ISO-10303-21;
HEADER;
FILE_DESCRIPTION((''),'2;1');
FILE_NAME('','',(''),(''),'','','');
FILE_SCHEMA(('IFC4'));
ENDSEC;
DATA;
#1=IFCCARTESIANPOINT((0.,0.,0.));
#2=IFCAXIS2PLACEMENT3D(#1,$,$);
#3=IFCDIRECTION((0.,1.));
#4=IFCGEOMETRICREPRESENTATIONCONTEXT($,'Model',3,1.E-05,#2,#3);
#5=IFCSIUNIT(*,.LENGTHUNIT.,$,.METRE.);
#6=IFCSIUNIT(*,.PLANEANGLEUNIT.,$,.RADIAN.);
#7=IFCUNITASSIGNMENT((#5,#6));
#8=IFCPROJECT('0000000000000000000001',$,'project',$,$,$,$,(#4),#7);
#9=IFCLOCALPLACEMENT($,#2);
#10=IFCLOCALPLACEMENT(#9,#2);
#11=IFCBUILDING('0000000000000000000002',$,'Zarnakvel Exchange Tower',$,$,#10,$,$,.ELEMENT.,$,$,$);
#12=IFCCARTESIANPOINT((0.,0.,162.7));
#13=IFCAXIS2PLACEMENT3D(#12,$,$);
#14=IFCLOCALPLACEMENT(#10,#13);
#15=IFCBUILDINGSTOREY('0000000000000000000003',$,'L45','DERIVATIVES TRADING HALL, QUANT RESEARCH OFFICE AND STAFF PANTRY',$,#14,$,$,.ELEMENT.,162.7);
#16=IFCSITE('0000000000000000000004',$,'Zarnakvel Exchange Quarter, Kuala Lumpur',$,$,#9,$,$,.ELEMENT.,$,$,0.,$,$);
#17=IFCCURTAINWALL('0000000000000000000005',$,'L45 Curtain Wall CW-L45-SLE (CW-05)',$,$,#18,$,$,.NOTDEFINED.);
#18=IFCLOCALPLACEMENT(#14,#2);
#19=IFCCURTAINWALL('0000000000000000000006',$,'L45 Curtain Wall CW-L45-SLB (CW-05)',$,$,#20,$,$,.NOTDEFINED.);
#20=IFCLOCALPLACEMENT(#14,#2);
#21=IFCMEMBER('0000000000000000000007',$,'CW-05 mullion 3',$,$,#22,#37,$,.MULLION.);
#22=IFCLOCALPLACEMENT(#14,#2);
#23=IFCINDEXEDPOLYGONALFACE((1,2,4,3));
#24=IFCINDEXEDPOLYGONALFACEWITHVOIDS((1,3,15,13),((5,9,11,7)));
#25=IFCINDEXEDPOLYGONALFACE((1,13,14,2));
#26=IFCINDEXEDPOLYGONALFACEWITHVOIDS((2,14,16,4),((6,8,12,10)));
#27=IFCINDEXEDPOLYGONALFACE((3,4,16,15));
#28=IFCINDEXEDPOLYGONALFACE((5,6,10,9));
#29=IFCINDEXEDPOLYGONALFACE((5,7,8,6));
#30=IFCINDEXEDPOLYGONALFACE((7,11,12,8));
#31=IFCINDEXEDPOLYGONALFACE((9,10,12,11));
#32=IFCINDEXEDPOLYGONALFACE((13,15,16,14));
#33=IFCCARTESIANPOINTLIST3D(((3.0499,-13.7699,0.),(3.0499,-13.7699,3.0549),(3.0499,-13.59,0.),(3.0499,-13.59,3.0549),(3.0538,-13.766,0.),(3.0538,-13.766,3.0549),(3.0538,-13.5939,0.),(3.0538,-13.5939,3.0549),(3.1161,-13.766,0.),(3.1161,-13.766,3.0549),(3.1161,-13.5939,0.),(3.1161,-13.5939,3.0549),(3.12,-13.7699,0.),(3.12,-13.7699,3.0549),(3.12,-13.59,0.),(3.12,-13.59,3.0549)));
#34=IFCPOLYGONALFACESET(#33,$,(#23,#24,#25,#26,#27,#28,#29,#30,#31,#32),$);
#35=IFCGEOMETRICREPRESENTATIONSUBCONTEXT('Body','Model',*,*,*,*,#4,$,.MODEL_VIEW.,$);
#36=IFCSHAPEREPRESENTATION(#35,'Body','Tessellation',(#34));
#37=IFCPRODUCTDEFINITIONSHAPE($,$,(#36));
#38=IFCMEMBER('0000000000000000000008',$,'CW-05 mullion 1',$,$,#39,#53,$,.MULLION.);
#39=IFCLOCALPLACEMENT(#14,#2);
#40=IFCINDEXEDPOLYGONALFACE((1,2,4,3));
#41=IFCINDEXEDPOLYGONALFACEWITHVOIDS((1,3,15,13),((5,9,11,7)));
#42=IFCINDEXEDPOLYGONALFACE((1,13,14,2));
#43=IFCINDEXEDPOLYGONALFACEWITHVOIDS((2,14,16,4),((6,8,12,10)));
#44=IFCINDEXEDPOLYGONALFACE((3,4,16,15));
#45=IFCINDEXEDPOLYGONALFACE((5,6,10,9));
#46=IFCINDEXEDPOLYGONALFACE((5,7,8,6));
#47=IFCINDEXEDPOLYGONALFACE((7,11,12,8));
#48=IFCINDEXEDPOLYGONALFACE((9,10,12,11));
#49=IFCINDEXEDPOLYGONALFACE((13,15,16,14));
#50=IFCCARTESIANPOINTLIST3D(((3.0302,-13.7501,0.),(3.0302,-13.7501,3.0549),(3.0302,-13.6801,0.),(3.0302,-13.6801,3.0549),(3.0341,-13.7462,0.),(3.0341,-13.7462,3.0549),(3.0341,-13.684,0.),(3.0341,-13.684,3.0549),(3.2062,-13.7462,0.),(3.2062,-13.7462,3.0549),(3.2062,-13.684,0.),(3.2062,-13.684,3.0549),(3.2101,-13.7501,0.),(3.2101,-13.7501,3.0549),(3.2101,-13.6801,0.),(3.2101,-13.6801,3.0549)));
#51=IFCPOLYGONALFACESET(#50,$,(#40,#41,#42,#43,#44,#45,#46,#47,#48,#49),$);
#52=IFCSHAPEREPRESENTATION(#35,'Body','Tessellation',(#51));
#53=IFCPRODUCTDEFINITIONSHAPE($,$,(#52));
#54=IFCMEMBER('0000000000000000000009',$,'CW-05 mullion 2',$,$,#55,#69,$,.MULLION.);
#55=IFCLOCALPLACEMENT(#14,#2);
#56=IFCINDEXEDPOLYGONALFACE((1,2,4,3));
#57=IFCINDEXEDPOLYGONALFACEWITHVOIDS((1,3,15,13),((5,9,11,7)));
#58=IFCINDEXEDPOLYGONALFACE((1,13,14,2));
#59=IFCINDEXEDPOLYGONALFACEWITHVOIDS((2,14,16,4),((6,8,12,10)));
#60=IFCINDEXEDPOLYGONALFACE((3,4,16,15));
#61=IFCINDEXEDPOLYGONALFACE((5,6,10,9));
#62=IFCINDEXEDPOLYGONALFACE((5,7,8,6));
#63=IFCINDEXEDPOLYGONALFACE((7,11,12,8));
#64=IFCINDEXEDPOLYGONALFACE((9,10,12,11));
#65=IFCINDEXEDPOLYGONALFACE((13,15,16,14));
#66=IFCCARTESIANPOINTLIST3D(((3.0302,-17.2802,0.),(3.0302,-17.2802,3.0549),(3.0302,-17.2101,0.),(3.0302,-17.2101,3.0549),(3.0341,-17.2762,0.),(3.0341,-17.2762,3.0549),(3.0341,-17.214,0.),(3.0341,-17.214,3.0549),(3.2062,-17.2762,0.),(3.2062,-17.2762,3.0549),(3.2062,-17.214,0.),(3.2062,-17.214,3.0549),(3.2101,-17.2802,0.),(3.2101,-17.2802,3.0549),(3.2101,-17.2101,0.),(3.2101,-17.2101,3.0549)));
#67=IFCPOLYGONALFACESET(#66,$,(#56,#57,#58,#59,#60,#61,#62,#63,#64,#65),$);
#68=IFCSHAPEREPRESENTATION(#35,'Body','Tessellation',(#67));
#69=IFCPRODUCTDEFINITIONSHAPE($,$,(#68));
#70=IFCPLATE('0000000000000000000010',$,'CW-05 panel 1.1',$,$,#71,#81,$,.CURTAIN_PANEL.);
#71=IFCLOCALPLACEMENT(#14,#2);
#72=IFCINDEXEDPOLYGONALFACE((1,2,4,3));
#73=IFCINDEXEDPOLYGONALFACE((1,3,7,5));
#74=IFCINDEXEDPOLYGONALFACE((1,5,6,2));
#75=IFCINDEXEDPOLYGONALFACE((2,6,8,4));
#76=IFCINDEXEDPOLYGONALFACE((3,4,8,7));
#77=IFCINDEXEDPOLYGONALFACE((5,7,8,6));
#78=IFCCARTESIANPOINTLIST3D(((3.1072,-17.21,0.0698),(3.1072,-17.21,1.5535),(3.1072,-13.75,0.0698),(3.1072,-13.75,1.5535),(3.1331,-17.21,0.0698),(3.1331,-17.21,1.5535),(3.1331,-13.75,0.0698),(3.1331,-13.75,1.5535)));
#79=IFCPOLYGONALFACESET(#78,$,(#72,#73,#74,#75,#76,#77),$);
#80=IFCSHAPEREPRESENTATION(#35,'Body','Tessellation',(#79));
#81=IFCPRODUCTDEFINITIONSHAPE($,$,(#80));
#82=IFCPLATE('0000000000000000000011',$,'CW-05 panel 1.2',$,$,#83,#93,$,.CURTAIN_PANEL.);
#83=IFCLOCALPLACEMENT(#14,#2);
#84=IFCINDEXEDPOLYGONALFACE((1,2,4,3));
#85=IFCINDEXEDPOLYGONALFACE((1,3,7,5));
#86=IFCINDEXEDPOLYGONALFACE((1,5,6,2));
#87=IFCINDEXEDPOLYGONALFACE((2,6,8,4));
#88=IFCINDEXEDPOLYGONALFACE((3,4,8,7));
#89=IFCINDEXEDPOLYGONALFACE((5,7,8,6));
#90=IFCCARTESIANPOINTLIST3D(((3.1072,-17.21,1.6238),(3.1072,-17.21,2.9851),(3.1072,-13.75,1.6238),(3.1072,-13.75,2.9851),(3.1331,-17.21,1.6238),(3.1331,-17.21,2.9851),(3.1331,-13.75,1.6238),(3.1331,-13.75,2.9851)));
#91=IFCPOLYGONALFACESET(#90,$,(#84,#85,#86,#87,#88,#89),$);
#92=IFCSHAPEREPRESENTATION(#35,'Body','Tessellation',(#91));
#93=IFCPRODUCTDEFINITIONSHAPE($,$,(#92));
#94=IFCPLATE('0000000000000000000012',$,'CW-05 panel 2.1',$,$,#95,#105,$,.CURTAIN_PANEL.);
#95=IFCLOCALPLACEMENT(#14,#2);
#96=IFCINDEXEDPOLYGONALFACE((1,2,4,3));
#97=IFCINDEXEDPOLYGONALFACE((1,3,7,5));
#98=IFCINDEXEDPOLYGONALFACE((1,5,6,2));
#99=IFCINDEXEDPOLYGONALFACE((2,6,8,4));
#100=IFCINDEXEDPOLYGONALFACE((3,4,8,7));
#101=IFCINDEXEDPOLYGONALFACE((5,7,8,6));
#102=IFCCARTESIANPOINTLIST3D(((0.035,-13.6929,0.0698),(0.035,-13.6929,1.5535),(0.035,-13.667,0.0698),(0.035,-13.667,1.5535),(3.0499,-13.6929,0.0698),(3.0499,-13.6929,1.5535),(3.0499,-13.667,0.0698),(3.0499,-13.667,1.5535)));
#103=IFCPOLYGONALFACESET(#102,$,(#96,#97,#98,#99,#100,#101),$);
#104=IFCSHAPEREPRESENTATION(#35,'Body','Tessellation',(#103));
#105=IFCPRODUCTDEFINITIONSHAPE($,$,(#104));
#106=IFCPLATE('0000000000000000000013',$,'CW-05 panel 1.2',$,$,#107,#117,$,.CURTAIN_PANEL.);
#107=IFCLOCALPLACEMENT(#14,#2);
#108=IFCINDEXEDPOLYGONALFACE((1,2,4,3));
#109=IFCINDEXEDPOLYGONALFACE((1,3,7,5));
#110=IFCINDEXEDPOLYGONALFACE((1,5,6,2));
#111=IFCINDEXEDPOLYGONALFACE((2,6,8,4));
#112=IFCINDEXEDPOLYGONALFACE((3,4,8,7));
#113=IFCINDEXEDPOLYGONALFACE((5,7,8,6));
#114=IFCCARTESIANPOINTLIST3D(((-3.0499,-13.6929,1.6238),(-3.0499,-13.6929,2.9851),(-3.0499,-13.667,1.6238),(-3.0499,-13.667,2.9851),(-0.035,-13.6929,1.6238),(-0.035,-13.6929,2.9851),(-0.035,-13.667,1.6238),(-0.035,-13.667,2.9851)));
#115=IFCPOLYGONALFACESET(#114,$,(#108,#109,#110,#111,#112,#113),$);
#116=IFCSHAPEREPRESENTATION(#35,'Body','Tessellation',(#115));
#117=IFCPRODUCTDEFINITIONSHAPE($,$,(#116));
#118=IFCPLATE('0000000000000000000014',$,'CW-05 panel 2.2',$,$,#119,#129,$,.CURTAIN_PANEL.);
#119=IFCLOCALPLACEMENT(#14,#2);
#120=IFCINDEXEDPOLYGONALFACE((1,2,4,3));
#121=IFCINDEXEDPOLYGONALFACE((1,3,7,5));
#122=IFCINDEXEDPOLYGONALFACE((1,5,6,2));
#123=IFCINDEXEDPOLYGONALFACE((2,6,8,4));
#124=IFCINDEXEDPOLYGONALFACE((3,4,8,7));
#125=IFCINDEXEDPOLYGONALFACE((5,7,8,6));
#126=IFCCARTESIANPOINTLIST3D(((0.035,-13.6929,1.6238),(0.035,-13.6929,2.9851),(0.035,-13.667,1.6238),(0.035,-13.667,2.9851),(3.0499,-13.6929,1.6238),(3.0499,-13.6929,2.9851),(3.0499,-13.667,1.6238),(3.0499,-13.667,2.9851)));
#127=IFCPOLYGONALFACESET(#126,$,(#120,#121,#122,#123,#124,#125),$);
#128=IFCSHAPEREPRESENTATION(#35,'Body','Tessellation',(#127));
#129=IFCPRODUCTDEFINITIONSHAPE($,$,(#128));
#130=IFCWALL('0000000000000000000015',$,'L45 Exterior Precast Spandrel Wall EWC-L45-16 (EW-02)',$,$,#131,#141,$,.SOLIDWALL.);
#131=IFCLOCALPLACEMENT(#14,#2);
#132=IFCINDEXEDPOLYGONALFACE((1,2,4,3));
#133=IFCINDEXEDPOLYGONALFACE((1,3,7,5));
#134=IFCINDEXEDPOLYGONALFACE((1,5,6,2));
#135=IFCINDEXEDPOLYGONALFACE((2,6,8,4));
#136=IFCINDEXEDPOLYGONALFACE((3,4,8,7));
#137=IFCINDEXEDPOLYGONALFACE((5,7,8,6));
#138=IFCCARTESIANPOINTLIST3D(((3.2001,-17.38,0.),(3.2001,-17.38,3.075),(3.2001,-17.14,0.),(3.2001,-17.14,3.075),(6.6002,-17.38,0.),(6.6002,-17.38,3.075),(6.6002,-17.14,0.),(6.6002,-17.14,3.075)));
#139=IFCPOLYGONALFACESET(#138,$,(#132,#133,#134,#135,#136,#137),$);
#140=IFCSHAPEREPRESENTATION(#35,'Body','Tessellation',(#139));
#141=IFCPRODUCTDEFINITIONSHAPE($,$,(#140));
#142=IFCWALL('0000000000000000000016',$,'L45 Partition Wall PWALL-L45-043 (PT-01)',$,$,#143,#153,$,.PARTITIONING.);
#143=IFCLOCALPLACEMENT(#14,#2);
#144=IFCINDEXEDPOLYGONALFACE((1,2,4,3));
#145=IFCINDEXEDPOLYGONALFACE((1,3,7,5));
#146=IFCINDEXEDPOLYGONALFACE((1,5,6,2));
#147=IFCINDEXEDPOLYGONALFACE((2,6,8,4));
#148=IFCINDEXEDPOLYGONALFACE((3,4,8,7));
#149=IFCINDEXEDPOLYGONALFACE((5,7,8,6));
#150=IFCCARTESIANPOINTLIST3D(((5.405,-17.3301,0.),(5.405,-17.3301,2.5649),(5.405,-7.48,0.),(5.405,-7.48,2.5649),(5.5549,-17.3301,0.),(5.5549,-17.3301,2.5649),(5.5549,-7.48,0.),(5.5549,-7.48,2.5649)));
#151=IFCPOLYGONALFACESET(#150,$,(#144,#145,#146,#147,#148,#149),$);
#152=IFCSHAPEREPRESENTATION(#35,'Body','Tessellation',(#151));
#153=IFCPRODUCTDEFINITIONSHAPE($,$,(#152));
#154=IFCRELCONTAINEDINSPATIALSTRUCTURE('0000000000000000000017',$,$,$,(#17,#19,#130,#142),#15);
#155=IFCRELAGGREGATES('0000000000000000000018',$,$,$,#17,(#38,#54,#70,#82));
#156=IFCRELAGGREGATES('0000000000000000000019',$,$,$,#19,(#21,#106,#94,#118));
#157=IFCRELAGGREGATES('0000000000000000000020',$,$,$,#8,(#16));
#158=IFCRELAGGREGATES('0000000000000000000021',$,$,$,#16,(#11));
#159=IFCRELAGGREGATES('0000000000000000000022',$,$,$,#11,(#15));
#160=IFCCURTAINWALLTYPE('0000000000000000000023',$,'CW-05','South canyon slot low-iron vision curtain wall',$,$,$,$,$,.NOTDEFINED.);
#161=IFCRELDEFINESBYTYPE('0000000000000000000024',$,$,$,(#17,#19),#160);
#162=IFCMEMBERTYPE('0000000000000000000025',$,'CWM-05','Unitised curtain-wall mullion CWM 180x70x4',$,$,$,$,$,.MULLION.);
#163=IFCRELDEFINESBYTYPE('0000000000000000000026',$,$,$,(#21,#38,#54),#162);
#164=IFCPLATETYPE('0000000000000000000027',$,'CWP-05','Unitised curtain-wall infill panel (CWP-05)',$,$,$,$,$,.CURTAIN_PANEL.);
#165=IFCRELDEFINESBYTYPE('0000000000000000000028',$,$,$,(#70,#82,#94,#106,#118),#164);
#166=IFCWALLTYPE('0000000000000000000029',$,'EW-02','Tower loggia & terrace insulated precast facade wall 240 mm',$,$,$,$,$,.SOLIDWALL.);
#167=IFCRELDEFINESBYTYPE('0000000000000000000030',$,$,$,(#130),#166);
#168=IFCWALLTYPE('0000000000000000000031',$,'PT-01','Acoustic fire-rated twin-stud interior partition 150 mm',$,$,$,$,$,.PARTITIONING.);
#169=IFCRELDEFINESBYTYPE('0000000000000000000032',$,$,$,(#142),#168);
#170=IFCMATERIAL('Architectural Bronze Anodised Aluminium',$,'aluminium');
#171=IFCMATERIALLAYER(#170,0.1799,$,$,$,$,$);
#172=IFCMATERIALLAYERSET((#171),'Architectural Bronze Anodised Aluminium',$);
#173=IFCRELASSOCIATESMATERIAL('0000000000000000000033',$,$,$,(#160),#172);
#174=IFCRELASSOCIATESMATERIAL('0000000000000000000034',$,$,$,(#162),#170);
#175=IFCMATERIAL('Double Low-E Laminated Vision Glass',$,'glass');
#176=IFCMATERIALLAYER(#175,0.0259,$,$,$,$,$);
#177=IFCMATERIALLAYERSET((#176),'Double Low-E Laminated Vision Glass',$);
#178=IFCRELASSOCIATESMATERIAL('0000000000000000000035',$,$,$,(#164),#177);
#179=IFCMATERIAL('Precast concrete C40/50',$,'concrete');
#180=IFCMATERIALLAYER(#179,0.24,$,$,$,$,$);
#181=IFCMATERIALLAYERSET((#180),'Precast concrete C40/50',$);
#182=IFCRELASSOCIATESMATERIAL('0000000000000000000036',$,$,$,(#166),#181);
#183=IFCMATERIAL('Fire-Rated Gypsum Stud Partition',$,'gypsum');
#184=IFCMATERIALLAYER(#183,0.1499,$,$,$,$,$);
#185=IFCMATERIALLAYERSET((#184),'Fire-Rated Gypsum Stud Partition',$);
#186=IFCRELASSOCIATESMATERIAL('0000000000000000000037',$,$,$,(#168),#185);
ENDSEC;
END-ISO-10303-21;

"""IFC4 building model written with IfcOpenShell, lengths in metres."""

from ifc_helpers import new_model, si_unit, direction, frame, frame_2d, origin, origin_2d, place, context, subcontext, project, spatial, rectangle, hollow_rectangle, extrude, source, transform, mapped, material, layer, layer_set, material_profile, profile_set, type_object, element, aggregate, save


model = new_model("IFC4")

# Units and contexts
model_context = context("Model", 3, precision=1e-05, world=origin(), true_north=direction((0.0, 1.0)))
body_context = subcontext(model_context, "Body", "Model", "MODEL_VIEW")
ifc_project = project(units=[si_unit("LENGTHUNIT", "METRE"), si_unit("PLANEANGLEUNIT", "RADIAN")], contexts=[model_context])

# Site, building, storey
site_placement = place(None, origin())
site = spatial("IfcSite", under=ifc_project, at=site_placement, Name="Zarnakvel Exchange Quarter, Kuala Lumpur", CompositionType="ELEMENT", RefElevation=0.0)
building_placement = place(site_placement, origin())
building = spatial("IfcBuilding", under=site, at=building_placement, Name="Zarnakvel Exchange Tower", CompositionType="ELEMENT")
storey_placement = place(building_placement, frame((0.0, 0.0, 162.7)))
storey = spatial("IfcBuildingStorey", under=building, at=storey_placement, Name="L45", Description="DERIVATIVES TRADING HALL, QUANT RESEARCH OFFICE AND STAFF PANTRY", CompositionType="ELEMENT", Elevation=162.7)

# Curtain walls, member
ifc_material_1 = material(Name="Architectural Bronze Anodised Aluminium", Category="aluminium")
ifc_layer_1 = layer(ifc_material_1, 0.1799)
ifc_layer_set_1 = layer_set([ifc_layer_1], Name="Architectural Bronze Anodised Aluminium")
curtain_wall_type = type_object("IfcCurtainWallType", Name="CW-05", Description="South canyon slot low-iron vision curtain wall", PredefinedType="NOTDEFINED", material=ifc_layer_set_1)
curtain_wall_1_placement = place(storey_placement, origin())
curtain_wall_1 = element("IfcCurtainWall", 1, at=curtain_wall_1_placement, inside=storey, type_object=curtain_wall_type, Name="L45 Curtain Wall CW-L45-SLE (CW-05)", PredefinedType="NOTDEFINED")
curtain_wall_2_placement = place(storey_placement, origin())
curtain_wall_2 = element("IfcCurtainWall", 2, at=curtain_wall_2_placement, inside=storey, type_object=curtain_wall_type, Name="L45 Curtain Wall CW-L45-SLB (CW-05)", PredefinedType="NOTDEFINED")
ifc_material_profile_1 = material_profile(ifc_material_1, hollow_rectangle(XDim=0.1799, YDim=0.0701, WallThickness=0.0039, at=origin_2d()))
ifc_profile_set_1 = profile_set([ifc_material_profile_1], Name="Architectural Bronze Anodised Aluminium")
member_type_1 = type_object("IfcMemberType", Name="CWM-05", Description="Unitised curtain-wall mullion CWM 180x70x4", PredefinedType="MULLION", material=ifc_profile_set_1)
shared_shape_1 = source(origin(), body_context, "Body", "SweptSolid", [
    extrude(hollow_rectangle(XDim=0.1799, YDim=0.0701, WallThickness=0.0039, at=origin_2d()), origin(), (0.0, 0.0, 1.0), 3.0549),
])
member_1_placement = place(storey_placement, frame((3.085, -13.6799, 0.0), z_axis=(0.0, 0.0, 1.0), x_axis=(0.0, 1.0, 0.0)))
member_1 = element("IfcMember", 3, at=member_1_placement, type_object=member_type_1, Name="CW-05 mullion 3", PredefinedType="MULLION", context=body_context, shape_type="MappedRepresentation", body=[
    mapped(shared_shape_1, transform((0.0, 0.0, 0.0), x_axis=(1.0, 0.0, 0.0), y_axis=(0.0, 1.0, 0.0), z_axis=(0.0, 0.0, 1.0), scale=1.0)),
])

# Members
member_2_placement = place(storey_placement, frame((3.1201, -13.7151, 0.0), z_axis=(0.0, 0.0, 1.0), x_axis=(1.0, 0.0, 0.0)))
member_2 = element("IfcMember", 4, at=member_2_placement, type_object=member_type_1, Name="CW-05 mullion 1", PredefinedType="MULLION", context=body_context, shape_type="MappedRepresentation", body=[
    mapped(shared_shape_1, transform((0.0, 0.0, 0.0), x_axis=(1.0, 0.0, 0.0), y_axis=(0.0, 1.0, 0.0), z_axis=(0.0, 0.0, 1.0), scale=1.0)),
])
member_3_placement = place(storey_placement, frame((3.1201, -17.2451, 0.0), z_axis=(0.0, 0.0, 1.0), x_axis=(1.0, 0.0, 0.0)))
member_3 = element("IfcMember", 5, at=member_3_placement, type_object=member_type_1, Name="CW-05 mullion 2", PredefinedType="MULLION", context=body_context, shape_type="MappedRepresentation", body=[
    mapped(shared_shape_1, transform((0.0, 0.0, 0.0), x_axis=(1.0, 0.0, 0.0), y_axis=(0.0, 1.0, 0.0), z_axis=(0.0, 0.0, 1.0), scale=1.0)),
])

# Plates
ifc_material_2 = material(Name="Double Low-E Laminated Vision Glass", Category="glass")
ifc_layer_2 = layer(ifc_material_2, 0.0259)
ifc_layer_set_2 = layer_set([ifc_layer_2], Name="Double Low-E Laminated Vision Glass")
plate_type = type_object("IfcPlateType", Name="CWP-05", Description="Unitised curtain-wall infill panel (CWP-05)", PredefinedType="CURTAIN_PANEL", material=ifc_layer_set_2)
shared_shape_2 = source(origin(), body_context, "Body", "SweptSolid", [
    extrude(rectangle(XDim=3.46, YDim=0.0259, at=origin_2d()), origin(), (0.0, 0.0, 1.0), 1.4836),
])
plate_1_placement = place(storey_placement, frame((3.1201, -15.48, 0.0698), z_axis=(0.0, 0.0, 1.0), x_axis=(0.0, -1.0, 0.0)))
plate_1 = element("IfcPlate", 6, at=plate_1_placement, type_object=plate_type, Name="CW-05 panel 1.1", PredefinedType="CURTAIN_PANEL", context=body_context, shape_type="MappedRepresentation", body=[
    mapped(shared_shape_2, transform((0.0, 0.0, 0.0), x_axis=(1.0, 0.0, 0.0), y_axis=(0.0, 1.0, 0.0), z_axis=(0.0, 0.0, 1.0), scale=1.0)),
])
shared_shape_3 = source(origin(), body_context, "Body", "SweptSolid", [
    extrude(rectangle(XDim=3.46, YDim=0.0259, at=origin_2d()), origin(), (0.0, 0.0, 1.0), 1.3613),
])
plate_2_placement = place(storey_placement, frame((3.1201, -15.48, 1.6238), z_axis=(0.0, 0.0, 1.0), x_axis=(0.0, -1.0, 0.0)))
plate_2 = element("IfcPlate", 7, at=plate_2_placement, type_object=plate_type, Name="CW-05 panel 1.2", PredefinedType="CURTAIN_PANEL", context=body_context, shape_type="MappedRepresentation", body=[
    mapped(shared_shape_3, transform((0.0, 0.0, 0.0), x_axis=(1.0, 0.0, 0.0), y_axis=(0.0, 1.0, 0.0), z_axis=(0.0, 0.0, 1.0), scale=1.0)),
])
aggregate(curtain_wall_1, [member_2, member_3, plate_1, plate_2])
shared_shape_4 = source(origin(), body_context, "Body", "SweptSolid", [
    extrude(rectangle(XDim=3.0149, YDim=0.0259, at=origin_2d()), origin(), (0.0, 0.0, 1.0), 1.4836),
])
plate_3_placement = place(storey_placement, frame((1.5425, -13.6799, 0.0698), z_axis=(0.0, 0.0, 1.0), x_axis=(1.0, 0.0, 0.0)))
plate_3 = element("IfcPlate", 8, at=plate_3_placement, type_object=plate_type, Name="CW-05 panel 2.1", PredefinedType="CURTAIN_PANEL", context=body_context, shape_type="MappedRepresentation", body=[
    mapped(shared_shape_4, transform((0.0, 0.0, 0.0), x_axis=(1.0, 0.0, 0.0), y_axis=(0.0, 1.0, 0.0), z_axis=(0.0, 0.0, 1.0), scale=1.0)),
])
shared_shape_5 = source(origin(), body_context, "Body", "SweptSolid", [
    extrude(rectangle(XDim=3.0149, YDim=0.0259, at=origin_2d()), origin(), (0.0, 0.0, 1.0), 1.3613),
])
plate_4_placement = place(storey_placement, frame((-1.5425, -13.6799, 1.6238), z_axis=(0.0, 0.0, 1.0), x_axis=(1.0, 0.0, 0.0)))
plate_4 = element("IfcPlate", 9, at=plate_4_placement, type_object=plate_type, Name="CW-05 panel 1.2", PredefinedType="CURTAIN_PANEL", context=body_context, shape_type="MappedRepresentation", body=[
    mapped(shared_shape_5, transform((0.0, 0.0, 0.0), x_axis=(1.0, 0.0, 0.0), y_axis=(0.0, 1.0, 0.0), z_axis=(0.0, 0.0, 1.0), scale=1.0)),
])
plate_5_placement = place(storey_placement, frame((1.5425, -13.6799, 1.6238), z_axis=(0.0, 0.0, 1.0), x_axis=(1.0, 0.0, 0.0)))
plate_5 = element("IfcPlate", 10, at=plate_5_placement, type_object=plate_type, Name="CW-05 panel 2.2", PredefinedType="CURTAIN_PANEL", context=body_context, shape_type="MappedRepresentation", body=[
    mapped(shared_shape_5, transform((0.0, 0.0, 0.0), x_axis=(1.0, 0.0, 0.0), y_axis=(0.0, 1.0, 0.0), z_axis=(0.0, 0.0, 1.0), scale=1.0)),
])
aggregate(curtain_wall_2, [member_1, plate_4, plate_3, plate_5])

# Walls
ifc_material_3 = material(Name="Precast concrete C40/50", Category="concrete")
ifc_layer_3 = layer(ifc_material_3, 0.24)
ifc_layer_set_3 = layer_set([ifc_layer_3], Name="Precast concrete C40/50")
wall_type_1 = type_object("IfcWallType", Name="EW-02", Description="Tower loggia & terrace insulated precast facade wall 240 mm", PredefinedType="SOLIDWALL", material=ifc_layer_set_3)
wall_1_placement = place(storey_placement, frame((3.2, -17.26, 0.0), z_axis=(0.0, 0.0, 1.0), x_axis=(1.0, 0.0, 0.0)))
element("IfcWall", 11, at=wall_1_placement, inside=storey, type_object=wall_type_1, Name="L45 Exterior Precast Spandrel Wall EWC-L45-16 (EW-02)", PredefinedType="SOLIDWALL", context=body_context, shape_type="SweptSolid", body=[
    extrude(rectangle(XDim=3.4001, YDim=0.24, at=frame_2d((1.7002, 0.0))), origin(), (0.0, 0.0, 1.0), 3.075),
])
ifc_material_4 = material(Name="Fire-Rated Gypsum Stud Partition", Category="gypsum")
ifc_layer_4 = layer(ifc_material_4, 0.1499)
ifc_layer_set_4 = layer_set([ifc_layer_4], Name="Fire-Rated Gypsum Stud Partition")
wall_type_2 = type_object("IfcWallType", Name="PT-01", Description="Acoustic fire-rated twin-stud interior partition 150 mm", PredefinedType="PARTITIONING", material=ifc_layer_set_4)
wall_2_placement = place(storey_placement, frame((5.48, -17.3301, 0.0), z_axis=(0.0, 0.0, 1.0), x_axis=(0.0, 1.0, 0.0)))
element("IfcWall", 12, at=wall_2_placement, inside=storey, type_object=wall_type_2, Name="L45 Partition Wall PWALL-L45-043 (PT-01)", PredefinedType="PARTITIONING", context=body_context, shape_type="SweptSolid", body=[
    extrude(rectangle(XDim=9.8501, YDim=0.1499, at=frame_2d((4.925, 0.0))), origin(), (0.0, 0.0, 1.0), 2.5649),
])

save(model, "model.ifc")
